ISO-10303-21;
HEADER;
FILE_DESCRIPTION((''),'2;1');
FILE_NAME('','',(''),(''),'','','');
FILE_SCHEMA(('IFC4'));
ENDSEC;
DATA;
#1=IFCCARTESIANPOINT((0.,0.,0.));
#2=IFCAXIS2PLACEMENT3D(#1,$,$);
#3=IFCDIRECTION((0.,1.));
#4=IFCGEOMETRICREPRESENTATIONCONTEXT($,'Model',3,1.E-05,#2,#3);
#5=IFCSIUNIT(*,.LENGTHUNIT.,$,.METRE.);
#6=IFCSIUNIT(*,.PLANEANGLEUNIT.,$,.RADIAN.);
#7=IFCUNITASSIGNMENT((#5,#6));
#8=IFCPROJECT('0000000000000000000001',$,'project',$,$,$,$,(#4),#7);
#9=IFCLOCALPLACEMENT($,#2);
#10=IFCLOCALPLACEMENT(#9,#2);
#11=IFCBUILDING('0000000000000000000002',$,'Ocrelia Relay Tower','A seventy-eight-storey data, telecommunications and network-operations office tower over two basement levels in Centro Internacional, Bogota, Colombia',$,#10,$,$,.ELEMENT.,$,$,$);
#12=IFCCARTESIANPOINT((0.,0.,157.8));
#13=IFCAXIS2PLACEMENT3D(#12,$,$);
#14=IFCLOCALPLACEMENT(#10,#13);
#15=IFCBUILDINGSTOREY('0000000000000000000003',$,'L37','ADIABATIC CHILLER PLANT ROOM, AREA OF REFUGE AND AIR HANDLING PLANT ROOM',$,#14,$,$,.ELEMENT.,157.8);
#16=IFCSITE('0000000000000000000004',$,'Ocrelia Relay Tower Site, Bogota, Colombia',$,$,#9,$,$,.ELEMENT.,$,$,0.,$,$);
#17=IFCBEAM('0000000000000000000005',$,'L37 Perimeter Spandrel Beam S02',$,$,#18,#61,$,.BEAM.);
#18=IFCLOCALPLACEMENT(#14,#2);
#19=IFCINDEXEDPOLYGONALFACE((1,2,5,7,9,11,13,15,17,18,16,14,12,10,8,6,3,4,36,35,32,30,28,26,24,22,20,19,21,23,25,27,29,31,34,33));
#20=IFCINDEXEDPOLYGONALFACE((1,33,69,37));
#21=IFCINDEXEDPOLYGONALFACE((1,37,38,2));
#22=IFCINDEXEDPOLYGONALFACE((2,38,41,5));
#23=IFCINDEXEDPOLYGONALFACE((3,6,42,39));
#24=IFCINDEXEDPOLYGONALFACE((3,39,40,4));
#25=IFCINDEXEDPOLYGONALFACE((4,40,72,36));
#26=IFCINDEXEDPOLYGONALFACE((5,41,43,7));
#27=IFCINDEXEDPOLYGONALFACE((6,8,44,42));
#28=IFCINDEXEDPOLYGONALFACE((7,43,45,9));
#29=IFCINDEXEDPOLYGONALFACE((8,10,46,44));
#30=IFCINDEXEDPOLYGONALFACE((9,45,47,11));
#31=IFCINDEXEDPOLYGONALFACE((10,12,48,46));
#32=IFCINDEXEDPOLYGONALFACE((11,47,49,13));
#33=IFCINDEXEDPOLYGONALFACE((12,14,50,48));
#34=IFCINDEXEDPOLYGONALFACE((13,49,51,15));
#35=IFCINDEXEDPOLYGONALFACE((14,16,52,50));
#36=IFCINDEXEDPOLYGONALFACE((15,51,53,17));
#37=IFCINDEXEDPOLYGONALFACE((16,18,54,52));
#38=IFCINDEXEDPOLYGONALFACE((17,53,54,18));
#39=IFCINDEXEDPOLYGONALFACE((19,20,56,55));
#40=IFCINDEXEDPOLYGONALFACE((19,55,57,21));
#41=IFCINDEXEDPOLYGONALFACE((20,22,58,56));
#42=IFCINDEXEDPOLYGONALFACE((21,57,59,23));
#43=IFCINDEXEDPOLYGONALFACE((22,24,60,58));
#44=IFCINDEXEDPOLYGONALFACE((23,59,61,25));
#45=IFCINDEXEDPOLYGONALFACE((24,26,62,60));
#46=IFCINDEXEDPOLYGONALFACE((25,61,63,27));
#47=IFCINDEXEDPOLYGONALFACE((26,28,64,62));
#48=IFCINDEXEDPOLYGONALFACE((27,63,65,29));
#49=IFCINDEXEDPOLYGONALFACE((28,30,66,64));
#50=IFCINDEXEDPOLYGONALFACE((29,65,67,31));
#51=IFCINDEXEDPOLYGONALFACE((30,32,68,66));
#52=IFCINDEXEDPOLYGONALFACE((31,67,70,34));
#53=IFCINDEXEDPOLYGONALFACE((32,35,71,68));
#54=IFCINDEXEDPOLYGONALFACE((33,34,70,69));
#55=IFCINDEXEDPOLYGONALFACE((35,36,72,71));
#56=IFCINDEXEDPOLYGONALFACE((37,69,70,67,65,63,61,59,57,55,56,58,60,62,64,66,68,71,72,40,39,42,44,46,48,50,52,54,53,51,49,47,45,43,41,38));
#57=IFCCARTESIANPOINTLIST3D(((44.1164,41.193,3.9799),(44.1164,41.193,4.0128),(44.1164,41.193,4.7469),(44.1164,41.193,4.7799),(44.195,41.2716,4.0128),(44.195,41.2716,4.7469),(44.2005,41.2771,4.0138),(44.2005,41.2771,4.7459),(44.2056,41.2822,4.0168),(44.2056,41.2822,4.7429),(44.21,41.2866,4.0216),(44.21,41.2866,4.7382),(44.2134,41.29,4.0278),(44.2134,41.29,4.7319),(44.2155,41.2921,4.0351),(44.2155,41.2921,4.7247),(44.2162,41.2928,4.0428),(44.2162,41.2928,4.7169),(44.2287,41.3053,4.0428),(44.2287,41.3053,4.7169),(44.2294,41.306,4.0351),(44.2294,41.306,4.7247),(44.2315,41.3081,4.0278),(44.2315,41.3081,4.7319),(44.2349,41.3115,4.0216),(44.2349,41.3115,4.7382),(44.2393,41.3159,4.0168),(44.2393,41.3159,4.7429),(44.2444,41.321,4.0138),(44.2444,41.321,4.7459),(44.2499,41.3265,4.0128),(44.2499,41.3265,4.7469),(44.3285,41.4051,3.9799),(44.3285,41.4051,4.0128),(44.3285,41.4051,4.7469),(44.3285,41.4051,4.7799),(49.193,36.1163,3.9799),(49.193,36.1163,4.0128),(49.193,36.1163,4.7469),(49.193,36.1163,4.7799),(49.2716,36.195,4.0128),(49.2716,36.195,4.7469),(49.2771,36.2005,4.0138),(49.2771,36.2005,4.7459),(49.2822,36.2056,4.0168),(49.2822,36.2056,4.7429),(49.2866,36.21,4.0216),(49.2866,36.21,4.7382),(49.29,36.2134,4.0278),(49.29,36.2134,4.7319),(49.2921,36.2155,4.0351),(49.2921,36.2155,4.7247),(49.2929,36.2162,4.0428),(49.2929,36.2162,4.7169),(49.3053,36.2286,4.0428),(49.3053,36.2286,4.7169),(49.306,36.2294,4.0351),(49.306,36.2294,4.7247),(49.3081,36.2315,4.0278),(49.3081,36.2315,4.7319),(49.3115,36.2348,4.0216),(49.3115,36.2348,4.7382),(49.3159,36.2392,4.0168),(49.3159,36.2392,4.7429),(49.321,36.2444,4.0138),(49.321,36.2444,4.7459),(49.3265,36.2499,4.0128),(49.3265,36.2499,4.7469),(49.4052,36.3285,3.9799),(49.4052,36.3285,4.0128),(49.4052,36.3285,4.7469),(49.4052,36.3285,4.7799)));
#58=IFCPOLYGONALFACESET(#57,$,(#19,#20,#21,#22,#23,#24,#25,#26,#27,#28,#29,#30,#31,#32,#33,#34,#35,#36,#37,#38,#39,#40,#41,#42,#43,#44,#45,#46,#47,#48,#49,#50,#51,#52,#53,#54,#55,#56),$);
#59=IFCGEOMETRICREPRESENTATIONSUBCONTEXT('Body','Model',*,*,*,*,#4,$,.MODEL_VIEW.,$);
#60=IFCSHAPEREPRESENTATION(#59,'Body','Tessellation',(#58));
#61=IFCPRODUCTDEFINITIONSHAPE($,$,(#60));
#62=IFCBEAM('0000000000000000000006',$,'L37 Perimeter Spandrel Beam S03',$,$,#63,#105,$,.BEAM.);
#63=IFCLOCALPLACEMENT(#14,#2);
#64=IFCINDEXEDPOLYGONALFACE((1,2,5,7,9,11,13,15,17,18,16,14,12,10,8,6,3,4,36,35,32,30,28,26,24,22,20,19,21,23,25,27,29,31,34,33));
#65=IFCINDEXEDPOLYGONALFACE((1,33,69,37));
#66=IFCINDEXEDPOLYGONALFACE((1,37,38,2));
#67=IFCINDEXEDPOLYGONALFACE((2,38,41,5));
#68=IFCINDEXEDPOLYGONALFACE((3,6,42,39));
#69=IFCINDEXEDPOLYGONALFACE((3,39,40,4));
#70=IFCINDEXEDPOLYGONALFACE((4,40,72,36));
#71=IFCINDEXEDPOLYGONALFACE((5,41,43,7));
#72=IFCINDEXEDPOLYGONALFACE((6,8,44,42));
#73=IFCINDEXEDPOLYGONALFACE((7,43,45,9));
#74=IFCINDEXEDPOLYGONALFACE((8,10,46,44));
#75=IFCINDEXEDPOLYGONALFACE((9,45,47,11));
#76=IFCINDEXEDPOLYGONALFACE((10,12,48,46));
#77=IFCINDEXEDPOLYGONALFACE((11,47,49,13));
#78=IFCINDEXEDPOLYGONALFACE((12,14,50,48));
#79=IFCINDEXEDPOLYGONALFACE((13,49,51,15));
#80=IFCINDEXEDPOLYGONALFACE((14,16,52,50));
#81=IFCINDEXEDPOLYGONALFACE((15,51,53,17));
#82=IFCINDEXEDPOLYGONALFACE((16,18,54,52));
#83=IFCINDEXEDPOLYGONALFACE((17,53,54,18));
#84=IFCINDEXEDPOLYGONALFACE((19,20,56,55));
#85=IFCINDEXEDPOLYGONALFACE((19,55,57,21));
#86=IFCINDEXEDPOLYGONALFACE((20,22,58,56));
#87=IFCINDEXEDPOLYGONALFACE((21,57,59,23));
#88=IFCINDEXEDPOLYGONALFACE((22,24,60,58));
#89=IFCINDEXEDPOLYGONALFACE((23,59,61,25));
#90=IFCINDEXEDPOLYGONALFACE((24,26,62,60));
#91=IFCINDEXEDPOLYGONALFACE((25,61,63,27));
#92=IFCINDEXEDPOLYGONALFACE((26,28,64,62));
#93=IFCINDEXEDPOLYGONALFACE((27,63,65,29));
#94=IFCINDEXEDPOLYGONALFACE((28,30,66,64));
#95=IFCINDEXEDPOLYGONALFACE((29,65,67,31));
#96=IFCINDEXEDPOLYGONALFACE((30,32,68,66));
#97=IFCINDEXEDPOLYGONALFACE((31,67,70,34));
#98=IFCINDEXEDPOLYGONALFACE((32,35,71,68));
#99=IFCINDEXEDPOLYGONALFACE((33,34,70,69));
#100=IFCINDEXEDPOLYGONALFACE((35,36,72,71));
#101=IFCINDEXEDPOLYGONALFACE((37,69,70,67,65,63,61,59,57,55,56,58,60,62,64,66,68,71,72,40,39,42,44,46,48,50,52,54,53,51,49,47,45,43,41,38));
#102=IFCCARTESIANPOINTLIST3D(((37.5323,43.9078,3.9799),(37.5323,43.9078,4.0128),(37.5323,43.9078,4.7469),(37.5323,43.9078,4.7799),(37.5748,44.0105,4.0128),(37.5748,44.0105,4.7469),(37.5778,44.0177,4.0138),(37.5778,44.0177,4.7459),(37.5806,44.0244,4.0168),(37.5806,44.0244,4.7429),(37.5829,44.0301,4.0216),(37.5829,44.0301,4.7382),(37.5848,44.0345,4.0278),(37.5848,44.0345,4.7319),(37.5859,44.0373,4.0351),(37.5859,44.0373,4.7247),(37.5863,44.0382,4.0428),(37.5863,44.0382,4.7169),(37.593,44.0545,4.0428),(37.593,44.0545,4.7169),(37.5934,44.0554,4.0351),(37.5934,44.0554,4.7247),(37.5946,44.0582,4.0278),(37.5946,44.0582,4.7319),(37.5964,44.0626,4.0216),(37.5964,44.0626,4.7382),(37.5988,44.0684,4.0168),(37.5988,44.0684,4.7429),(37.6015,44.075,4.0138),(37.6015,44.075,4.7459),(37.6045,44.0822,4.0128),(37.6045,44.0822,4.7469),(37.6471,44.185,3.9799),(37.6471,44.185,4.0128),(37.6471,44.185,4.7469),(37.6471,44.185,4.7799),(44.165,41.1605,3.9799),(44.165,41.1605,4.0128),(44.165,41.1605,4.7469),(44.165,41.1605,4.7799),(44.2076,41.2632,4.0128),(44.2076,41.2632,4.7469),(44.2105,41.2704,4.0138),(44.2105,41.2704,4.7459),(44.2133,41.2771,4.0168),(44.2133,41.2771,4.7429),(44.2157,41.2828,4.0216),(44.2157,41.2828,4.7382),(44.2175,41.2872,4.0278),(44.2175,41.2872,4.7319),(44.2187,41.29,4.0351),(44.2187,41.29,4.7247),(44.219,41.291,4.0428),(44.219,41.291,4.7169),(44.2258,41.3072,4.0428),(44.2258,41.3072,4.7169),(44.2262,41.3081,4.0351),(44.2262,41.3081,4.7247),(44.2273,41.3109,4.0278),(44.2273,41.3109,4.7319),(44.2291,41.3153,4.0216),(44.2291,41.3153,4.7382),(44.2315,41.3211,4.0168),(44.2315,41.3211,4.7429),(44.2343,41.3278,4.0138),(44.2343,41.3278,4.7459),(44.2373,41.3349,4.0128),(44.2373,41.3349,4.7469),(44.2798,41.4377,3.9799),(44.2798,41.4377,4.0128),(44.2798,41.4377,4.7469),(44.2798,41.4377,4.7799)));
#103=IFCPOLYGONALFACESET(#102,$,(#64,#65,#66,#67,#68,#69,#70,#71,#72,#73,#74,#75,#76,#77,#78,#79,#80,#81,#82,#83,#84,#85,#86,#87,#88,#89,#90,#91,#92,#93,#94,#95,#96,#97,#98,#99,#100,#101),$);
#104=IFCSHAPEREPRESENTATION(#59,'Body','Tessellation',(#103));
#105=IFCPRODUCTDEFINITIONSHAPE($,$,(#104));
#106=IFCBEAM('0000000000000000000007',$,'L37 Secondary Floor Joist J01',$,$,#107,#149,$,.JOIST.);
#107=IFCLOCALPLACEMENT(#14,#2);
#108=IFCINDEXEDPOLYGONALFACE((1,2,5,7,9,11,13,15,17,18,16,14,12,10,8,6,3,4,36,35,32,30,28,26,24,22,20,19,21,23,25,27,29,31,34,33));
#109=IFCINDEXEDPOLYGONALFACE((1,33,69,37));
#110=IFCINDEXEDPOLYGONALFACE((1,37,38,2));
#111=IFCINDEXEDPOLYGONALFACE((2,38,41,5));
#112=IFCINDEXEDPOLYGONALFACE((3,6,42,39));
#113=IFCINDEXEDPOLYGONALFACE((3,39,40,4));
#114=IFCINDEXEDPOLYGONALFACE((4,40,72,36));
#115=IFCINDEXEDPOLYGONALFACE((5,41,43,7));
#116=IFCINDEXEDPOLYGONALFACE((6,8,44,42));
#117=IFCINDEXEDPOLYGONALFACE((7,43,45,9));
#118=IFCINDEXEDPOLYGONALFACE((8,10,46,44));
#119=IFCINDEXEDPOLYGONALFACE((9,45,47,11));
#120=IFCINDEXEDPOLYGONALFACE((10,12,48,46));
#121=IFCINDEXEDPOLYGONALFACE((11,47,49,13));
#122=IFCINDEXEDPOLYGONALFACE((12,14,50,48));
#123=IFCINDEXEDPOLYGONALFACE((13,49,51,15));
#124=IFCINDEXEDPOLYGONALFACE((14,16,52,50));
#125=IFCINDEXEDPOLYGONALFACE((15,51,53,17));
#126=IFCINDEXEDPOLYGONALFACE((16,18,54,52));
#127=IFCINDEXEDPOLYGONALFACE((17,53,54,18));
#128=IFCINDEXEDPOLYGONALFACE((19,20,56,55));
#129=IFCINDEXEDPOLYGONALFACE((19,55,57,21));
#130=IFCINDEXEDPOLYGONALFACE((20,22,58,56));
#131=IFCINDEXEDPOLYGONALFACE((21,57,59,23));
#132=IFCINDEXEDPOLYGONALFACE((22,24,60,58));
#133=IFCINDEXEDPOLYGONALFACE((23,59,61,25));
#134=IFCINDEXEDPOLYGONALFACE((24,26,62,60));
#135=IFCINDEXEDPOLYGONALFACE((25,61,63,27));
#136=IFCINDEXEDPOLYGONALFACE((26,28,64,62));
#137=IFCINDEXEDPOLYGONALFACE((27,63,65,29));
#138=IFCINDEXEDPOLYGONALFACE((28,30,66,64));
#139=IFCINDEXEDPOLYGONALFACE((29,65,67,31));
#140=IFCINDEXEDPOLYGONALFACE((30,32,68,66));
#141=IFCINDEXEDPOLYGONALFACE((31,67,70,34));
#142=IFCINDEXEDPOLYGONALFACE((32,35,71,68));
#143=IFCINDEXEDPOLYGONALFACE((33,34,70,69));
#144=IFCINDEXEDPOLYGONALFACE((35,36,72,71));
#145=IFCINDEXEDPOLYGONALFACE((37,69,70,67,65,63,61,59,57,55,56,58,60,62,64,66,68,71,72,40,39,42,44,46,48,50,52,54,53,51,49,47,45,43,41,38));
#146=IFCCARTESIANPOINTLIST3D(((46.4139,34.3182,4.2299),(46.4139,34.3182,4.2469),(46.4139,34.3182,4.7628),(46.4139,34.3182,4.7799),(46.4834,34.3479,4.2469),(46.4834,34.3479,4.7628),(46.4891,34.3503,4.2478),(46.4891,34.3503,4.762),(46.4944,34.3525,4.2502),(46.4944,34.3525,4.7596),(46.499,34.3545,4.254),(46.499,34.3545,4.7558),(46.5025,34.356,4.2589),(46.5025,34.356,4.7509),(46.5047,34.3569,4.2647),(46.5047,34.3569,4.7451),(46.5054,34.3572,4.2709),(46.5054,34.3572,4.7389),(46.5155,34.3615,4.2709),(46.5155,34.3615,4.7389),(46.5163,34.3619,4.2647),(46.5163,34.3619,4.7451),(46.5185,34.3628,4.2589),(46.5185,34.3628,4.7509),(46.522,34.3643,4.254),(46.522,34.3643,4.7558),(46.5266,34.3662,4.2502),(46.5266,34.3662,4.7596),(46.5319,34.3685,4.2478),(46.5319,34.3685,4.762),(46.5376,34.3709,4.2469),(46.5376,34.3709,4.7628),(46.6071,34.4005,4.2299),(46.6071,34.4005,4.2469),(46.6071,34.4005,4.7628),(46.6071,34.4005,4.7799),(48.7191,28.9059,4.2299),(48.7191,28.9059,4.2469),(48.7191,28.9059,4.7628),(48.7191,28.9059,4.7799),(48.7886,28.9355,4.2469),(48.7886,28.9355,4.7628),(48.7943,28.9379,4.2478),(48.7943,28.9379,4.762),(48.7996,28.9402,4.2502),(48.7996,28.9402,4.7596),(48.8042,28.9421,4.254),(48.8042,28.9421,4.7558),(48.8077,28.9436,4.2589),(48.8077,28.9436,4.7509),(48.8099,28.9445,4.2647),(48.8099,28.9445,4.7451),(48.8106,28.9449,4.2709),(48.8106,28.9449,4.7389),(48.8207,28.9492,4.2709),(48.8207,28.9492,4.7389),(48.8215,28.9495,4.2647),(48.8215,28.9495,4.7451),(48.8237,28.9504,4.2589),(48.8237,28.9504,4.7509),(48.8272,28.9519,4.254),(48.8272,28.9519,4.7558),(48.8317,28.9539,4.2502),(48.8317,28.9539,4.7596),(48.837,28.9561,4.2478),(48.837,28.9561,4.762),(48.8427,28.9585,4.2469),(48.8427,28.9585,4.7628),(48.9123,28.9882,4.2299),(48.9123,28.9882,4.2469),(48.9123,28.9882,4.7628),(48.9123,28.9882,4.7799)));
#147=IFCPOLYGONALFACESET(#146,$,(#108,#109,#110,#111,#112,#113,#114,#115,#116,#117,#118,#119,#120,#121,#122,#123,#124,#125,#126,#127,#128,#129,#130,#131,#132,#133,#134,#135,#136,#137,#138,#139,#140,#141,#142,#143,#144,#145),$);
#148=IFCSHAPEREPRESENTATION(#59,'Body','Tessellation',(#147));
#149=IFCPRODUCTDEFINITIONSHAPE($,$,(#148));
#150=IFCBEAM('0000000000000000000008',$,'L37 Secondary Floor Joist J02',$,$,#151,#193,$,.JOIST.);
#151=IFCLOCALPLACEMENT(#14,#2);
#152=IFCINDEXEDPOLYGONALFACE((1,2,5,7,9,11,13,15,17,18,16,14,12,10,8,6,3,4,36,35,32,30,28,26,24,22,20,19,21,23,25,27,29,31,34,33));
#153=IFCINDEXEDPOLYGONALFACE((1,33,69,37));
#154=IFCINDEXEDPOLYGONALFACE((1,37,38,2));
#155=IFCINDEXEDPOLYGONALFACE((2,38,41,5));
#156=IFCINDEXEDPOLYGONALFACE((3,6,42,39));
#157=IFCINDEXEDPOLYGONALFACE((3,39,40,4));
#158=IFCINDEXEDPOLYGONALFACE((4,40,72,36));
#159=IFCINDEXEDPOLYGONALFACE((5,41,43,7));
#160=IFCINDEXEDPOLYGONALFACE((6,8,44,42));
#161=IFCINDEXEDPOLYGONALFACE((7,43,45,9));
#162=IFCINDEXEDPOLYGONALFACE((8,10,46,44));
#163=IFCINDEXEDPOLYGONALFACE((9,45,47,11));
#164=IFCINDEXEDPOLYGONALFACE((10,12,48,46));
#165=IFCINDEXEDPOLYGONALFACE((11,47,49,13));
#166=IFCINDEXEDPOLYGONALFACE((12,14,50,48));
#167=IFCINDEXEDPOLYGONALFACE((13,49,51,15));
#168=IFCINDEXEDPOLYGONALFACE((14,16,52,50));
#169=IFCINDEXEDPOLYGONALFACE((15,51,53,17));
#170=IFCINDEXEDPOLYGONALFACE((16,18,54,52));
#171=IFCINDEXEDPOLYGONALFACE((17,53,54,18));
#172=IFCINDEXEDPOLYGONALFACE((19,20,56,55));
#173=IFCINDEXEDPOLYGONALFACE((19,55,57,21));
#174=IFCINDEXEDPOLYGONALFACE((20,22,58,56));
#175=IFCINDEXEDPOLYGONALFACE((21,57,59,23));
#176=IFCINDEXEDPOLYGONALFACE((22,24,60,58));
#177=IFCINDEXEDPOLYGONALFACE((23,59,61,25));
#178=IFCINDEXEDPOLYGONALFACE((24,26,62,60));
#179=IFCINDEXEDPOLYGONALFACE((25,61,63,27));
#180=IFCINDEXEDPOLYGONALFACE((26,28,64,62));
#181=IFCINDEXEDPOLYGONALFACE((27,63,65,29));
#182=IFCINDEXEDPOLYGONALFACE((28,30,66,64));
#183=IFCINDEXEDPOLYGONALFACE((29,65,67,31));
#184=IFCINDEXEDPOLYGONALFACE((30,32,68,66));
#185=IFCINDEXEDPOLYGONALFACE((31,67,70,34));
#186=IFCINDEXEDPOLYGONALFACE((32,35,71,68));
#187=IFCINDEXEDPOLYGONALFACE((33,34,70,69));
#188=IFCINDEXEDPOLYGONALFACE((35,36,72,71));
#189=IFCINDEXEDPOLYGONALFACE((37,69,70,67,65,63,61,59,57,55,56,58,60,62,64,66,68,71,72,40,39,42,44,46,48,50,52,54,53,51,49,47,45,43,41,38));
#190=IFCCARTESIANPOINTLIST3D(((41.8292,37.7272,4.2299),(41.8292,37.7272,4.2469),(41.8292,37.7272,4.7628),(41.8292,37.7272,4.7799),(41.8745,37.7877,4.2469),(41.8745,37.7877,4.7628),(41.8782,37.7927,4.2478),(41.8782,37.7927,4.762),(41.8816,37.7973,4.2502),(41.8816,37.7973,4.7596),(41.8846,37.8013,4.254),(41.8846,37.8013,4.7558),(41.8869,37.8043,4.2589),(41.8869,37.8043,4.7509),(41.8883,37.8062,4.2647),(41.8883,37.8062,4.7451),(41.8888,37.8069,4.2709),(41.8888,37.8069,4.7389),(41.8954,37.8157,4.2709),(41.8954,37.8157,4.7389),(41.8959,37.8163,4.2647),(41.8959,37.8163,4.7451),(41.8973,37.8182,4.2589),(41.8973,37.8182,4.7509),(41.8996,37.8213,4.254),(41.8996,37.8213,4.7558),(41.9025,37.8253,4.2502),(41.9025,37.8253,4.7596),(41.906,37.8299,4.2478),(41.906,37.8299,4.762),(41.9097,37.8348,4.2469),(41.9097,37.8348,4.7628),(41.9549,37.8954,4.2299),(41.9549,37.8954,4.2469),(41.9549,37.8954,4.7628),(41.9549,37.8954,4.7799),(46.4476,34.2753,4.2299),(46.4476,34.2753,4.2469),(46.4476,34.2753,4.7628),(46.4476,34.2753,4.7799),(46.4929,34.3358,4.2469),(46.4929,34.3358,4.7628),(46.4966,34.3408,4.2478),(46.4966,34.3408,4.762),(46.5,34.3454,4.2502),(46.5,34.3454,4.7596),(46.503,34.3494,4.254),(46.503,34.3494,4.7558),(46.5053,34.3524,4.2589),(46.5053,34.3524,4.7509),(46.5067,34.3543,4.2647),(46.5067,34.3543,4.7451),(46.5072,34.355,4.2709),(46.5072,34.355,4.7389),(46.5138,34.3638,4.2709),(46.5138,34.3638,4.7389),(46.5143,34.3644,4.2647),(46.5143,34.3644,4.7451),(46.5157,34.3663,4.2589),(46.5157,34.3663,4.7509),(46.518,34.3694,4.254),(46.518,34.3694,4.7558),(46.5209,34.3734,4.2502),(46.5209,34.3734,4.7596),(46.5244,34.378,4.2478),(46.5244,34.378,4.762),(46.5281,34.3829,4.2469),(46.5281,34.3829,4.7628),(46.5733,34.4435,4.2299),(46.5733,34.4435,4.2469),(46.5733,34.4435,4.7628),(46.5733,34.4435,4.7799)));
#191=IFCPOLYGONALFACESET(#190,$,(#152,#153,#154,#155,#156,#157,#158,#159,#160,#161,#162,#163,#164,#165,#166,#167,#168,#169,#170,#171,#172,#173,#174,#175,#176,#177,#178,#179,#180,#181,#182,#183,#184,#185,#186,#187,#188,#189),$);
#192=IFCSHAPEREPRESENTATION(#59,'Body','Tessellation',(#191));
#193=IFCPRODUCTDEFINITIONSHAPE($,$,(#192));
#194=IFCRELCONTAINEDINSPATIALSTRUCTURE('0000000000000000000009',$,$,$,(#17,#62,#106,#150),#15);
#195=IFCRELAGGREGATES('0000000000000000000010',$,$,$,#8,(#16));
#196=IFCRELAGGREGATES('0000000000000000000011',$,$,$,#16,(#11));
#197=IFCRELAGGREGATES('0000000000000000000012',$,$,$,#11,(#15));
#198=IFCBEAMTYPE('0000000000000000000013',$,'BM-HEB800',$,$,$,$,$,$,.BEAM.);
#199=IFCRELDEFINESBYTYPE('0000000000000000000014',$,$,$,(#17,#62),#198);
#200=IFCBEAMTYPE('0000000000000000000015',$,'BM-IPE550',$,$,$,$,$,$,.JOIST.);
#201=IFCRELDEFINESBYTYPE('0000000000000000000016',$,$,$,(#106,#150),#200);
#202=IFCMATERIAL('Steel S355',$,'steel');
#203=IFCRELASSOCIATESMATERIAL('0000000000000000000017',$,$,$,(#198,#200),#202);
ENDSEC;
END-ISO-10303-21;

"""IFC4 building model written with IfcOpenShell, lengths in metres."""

from ifc_helpers import new_model, si_unit, direction, frame, origin, origin_2d, place, context, subcontext, project, spatial, i_section, extrude, material, material_profile, profile_set, type_object, element, save


model = new_model("IFC4")

# Units and contexts
model_context = context("Model", 3, precision=1e-05, world=origin(), true_north=direction((0.0, 1.0)))
body_context = subcontext(model_context, "Body", "Model", "MODEL_VIEW")
ifc_project = project(units=[si_unit("LENGTHUNIT", "METRE"), si_unit("PLANEANGLEUNIT", "RADIAN")], contexts=[model_context])

# Site, building, storey
site_placement = place(None, origin())
site = spatial("IfcSite", under=ifc_project, at=site_placement, Name="Ocrelia Relay Tower Site, Bogota, Colombia", CompositionType="ELEMENT", RefElevation=0.0)
building_placement = place(site_placement, origin())
building = spatial("IfcBuilding", under=site, at=building_placement, Name="Ocrelia Relay Tower", Description="A seventy-eight-storey data, telecommunications and network-operations office tower over two basement levels in Centro Internacional, Bogota, Colombia", CompositionType="ELEMENT")
storey_placement = place(building_placement, frame((0.0, 0.0, 157.8)))
storey = spatial("IfcBuildingStorey", under=building, at=storey_placement, Name="L37", Description="ADIABATIC CHILLER PLANT ROOM, AREA OF REFUGE AND AIR HANDLING PLANT ROOM", CompositionType="ELEMENT", Elevation=157.8)

# Beams
ifc_material_1 = material(Name="Steel S355", Category="steel")
ifc_material_profile_1 = material_profile(ifc_material_1, i_section(OverallWidth=0.3, OverallDepth=0.8, WebThickness=0.0176, FlangeThickness=0.033, FilletRadius=0.03, at=origin_2d()), Name="HEB 800")
ifc_profile_set_1 = profile_set([ifc_material_profile_1], Name="Steel S355")
beam_type_1 = type_object("IfcBeamType", Name="BM-HEB800", PredefinedType="BEAM", material=ifc_profile_set_1)
beam_1_placement = place(storey_placement, frame((49.2991, 36.2224, 4.3799), z_axis=(-0.707107, 0.707107, 0.0), x_axis=(-0.707107, -0.707107, 0.0)))
element("IfcBeam", 1, at=beam_1_placement, inside=storey, type_object=beam_type_1, Name="L37 Perimeter Spandrel Beam S02", PredefinedType="BEAM", context=body_context, shape_type="SweptSolid", body=[
    extrude(i_section(OverallWidth=0.3, OverallDepth=0.8, WebThickness=0.0176, FlangeThickness=0.033, FilletRadius=0.03, at=origin_2d()), origin(), (0.0, 0.0, 1.0), 7.1794),
])
beam_2_placement = place(storey_placement, frame((44.2224, 41.2991, 4.3799), z_axis=(-0.923884, 0.382673, 0.0), x_axis=(-0.382673, -0.923884, 0.0)))
element("IfcBeam", 2, at=beam_2_placement, inside=storey, type_object=beam_type_1, Name="L37 Perimeter Spandrel Beam S03", PredefinedType="BEAM", context=body_context, shape_type="SweptSolid", body=[
    extrude(i_section(OverallWidth=0.3, OverallDepth=0.8, WebThickness=0.0176, FlangeThickness=0.033, FilletRadius=0.03, at=origin_2d()), origin(), (0.0, 0.0, 1.0), 7.1792),
])
ifc_material_profile_2 = material_profile(ifc_material_1, i_section(OverallWidth=0.21, OverallDepth=0.55, WebThickness=0.011, FlangeThickness=0.0171, FilletRadius=0.0239, at=origin_2d()), Name="IPE 550")
ifc_profile_set_2 = profile_set([ifc_material_profile_2], Name="Steel S355")
beam_type_2 = type_object("IfcBeamType", Name="BM-IPE550", PredefinedType="JOIST", material=ifc_profile_set_2)
beam_3_placement = place(storey_placement, frame((48.8157, 28.947, 4.5049), z_axis=(-0.39185, 0.920029, 0.0), x_axis=(-0.920029, -0.39185, 0.0)))
element("IfcBeam", 3, at=beam_3_placement, inside=storey, type_object=beam_type_2, Name="L37 Secondary Floor Joist J01", PredefinedType="JOIST", context=body_context, shape_type="SweptSolid", body=[
    extrude(i_section(OverallWidth=0.21, OverallDepth=0.55, WebThickness=0.011, FlangeThickness=0.0171, FilletRadius=0.0239, at=origin_2d()), origin(), (0.0, 0.0, 1.0), 5.8828),
])
beam_4_placement = place(storey_placement, frame((46.5105, 34.3594, 4.5049), z_axis=(-0.80099, 0.598678, 0.0), x_axis=(-0.598678, -0.80099, 0.0)))
element("IfcBeam", 4, at=beam_4_placement, inside=storey, type_object=beam_type_2, Name="L37 Secondary Floor Joist J02", PredefinedType="JOIST", context=body_context, shape_type="SweptSolid", body=[
    extrude(i_section(OverallWidth=0.21, OverallDepth=0.55, WebThickness=0.011, FlangeThickness=0.0171, FilletRadius=0.0239, at=origin_2d()), origin(), (0.0, 0.0, 1.0), 5.7659),
])

save(model, "model.ifc")
